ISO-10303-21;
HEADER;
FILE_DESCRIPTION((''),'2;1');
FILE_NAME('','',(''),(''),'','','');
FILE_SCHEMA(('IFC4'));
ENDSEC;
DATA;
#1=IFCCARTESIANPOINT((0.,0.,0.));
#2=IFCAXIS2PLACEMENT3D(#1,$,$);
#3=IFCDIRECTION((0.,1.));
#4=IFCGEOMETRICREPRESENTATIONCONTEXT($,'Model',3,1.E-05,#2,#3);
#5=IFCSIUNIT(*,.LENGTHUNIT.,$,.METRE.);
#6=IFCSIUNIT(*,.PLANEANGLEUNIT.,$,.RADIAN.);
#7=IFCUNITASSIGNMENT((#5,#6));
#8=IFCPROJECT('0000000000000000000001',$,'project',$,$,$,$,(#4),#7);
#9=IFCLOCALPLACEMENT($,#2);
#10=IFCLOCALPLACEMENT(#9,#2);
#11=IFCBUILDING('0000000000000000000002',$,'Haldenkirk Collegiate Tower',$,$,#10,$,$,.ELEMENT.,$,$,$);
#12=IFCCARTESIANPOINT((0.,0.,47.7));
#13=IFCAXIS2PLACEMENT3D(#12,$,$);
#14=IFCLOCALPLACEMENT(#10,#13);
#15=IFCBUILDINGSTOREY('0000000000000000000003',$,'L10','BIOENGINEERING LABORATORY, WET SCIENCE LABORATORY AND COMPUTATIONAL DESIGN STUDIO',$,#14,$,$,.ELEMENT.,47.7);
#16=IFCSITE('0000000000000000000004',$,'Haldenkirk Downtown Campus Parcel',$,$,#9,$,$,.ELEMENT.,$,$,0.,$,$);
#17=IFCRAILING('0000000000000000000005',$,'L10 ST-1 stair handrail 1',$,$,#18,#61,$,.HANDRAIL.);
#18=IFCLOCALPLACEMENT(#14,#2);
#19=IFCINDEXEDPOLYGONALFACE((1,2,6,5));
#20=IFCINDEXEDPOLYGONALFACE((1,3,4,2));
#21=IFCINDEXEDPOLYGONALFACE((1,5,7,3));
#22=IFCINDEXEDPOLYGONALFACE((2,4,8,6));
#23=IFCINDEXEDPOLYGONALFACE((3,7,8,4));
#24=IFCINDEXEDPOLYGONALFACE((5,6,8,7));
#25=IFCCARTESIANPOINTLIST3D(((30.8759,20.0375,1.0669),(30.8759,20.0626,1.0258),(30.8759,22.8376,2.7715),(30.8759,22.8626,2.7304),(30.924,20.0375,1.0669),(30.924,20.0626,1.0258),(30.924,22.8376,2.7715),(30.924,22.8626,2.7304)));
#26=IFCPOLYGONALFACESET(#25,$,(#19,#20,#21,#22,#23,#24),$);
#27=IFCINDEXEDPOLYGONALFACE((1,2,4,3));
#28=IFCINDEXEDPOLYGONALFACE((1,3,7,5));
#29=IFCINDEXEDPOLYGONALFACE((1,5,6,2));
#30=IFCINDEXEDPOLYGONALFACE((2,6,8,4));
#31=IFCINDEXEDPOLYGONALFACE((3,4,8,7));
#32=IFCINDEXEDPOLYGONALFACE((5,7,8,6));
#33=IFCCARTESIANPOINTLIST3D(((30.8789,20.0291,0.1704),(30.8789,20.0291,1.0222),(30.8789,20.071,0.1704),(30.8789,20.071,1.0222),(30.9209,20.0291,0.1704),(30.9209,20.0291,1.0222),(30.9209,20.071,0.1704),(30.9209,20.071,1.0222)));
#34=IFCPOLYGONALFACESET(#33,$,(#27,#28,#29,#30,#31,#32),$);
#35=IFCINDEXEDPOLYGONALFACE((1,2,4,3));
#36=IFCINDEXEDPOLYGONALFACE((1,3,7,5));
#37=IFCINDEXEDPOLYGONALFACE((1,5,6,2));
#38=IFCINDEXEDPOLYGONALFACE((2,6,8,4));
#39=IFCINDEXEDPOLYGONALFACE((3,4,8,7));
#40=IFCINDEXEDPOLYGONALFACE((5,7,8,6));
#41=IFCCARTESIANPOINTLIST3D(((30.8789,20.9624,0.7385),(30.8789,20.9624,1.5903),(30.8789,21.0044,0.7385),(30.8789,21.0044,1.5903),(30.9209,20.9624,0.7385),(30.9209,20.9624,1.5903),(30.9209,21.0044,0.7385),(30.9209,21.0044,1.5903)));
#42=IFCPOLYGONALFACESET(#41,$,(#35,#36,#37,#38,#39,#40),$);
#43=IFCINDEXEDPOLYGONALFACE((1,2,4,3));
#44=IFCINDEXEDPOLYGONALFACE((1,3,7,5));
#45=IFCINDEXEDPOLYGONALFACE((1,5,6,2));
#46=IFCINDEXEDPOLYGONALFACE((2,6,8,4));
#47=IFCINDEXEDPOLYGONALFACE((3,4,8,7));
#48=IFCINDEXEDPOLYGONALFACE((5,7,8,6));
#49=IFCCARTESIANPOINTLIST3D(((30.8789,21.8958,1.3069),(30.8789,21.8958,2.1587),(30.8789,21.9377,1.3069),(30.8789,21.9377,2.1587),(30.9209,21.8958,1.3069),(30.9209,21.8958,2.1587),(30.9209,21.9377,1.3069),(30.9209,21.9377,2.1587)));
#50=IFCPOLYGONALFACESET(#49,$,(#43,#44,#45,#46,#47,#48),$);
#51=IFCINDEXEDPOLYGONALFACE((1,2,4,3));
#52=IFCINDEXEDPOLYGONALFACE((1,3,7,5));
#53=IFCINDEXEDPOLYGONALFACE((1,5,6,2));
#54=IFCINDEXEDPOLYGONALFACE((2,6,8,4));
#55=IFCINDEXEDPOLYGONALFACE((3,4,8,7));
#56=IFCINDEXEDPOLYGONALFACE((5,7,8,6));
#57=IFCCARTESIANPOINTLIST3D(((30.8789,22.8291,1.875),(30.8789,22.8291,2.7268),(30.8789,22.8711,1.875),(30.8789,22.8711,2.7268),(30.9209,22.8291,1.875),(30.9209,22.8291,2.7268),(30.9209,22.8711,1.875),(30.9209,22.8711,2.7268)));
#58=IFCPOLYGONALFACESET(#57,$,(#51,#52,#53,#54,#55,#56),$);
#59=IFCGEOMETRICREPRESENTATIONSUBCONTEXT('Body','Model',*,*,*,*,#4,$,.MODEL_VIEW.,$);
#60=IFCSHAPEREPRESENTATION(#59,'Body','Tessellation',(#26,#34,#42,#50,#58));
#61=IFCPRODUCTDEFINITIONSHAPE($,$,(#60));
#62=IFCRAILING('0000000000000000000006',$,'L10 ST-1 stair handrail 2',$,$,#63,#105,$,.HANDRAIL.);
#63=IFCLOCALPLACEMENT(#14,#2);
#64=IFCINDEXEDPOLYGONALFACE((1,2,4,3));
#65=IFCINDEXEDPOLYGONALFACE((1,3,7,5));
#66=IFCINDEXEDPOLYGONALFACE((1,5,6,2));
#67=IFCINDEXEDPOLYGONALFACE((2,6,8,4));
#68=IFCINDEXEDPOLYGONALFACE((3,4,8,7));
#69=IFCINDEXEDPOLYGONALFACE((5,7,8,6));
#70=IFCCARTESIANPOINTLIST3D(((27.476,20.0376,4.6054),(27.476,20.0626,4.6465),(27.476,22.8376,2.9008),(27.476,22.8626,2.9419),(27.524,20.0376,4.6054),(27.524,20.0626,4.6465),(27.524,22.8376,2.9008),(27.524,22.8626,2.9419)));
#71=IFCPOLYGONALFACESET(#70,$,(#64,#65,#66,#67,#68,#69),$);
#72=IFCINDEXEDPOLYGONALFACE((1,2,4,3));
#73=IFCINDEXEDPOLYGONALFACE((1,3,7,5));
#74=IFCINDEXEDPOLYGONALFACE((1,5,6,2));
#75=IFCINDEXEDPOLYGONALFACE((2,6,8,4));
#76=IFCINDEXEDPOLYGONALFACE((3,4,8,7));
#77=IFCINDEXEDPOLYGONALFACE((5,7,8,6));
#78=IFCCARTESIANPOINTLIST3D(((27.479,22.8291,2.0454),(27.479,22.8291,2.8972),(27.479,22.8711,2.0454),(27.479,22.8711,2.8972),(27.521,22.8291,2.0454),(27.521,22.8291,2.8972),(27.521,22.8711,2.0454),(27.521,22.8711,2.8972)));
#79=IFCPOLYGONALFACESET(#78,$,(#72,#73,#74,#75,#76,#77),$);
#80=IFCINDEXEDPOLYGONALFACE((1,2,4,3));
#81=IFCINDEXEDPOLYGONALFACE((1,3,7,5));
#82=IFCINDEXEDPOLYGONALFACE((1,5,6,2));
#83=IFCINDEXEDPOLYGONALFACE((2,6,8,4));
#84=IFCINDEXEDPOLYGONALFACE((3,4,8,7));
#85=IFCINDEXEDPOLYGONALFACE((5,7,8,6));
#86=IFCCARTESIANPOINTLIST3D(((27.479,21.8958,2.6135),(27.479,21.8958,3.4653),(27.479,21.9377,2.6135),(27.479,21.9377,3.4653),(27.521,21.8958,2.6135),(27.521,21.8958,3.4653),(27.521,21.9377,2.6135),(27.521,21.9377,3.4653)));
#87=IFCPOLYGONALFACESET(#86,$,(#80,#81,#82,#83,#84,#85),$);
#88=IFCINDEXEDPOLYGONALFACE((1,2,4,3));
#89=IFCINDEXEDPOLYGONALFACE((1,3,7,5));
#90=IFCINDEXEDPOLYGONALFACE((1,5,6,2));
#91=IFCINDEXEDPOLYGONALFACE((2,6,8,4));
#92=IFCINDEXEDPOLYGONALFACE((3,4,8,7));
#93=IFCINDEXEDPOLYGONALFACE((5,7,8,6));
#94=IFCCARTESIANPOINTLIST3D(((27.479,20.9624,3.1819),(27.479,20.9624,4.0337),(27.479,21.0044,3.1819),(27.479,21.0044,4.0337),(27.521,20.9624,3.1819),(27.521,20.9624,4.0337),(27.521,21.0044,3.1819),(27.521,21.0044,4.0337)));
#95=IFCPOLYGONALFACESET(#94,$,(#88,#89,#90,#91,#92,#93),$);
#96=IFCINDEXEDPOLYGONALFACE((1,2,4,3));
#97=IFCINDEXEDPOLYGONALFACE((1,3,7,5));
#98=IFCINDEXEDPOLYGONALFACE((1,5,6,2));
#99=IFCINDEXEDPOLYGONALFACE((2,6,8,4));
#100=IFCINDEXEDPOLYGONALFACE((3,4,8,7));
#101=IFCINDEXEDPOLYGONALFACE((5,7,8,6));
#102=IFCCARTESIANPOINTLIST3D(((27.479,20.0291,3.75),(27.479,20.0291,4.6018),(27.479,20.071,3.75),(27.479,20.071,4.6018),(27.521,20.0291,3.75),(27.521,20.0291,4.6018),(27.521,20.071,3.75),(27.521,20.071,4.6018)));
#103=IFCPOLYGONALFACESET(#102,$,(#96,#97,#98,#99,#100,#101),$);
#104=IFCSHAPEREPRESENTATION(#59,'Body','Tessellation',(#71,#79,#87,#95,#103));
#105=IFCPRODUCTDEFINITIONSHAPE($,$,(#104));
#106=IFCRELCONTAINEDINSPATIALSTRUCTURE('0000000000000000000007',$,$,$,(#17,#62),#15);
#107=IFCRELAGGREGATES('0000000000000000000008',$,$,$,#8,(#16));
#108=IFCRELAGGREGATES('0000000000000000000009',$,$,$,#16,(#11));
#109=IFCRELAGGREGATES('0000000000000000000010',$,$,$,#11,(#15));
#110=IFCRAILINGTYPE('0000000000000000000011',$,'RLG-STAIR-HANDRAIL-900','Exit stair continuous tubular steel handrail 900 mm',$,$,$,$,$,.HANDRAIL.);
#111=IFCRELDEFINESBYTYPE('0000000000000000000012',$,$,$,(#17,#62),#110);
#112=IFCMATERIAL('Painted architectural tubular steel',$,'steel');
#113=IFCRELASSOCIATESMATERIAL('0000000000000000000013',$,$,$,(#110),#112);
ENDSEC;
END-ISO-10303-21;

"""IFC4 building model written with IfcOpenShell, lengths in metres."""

from ifc_helpers import new_model, si_unit, direction, frame, origin, origin_2d, place, context, subcontext, project, spatial, rectangle, extrude, material, type_object, element, save


model = new_model("IFC4")

# Units and contexts
model_context = context("Model", 3, precision=1e-05, world=origin(), true_north=direction((0.0, 1.0)))
body_context = subcontext(model_context, "Body", "Model", "MODEL_VIEW")
ifc_project = project(units=[si_unit("LENGTHUNIT", "METRE"), si_unit("PLANEANGLEUNIT", "RADIAN")], contexts=[model_context])

# Site, building, storey
site_placement = place(None, origin())
site = spatial("IfcSite", under=ifc_project, at=site_placement, Name="Haldenkirk Downtown Campus Parcel", CompositionType="ELEMENT", RefElevation=0.0)
building_placement = place(site_placement, origin())
building = spatial("IfcBuilding", under=site, at=building_placement, Name="Haldenkirk Collegiate Tower", CompositionType="ELEMENT")
storey_placement = place(building_placement, frame((0.0, 0.0, 47.7)))
storey = spatial("IfcBuildingStorey", under=building, at=storey_placement, Name="L10", Description="BIOENGINEERING LABORATORY, WET SCIENCE LABORATORY AND COMPUTATIONAL DESIGN STUDIO", CompositionType="ELEMENT", Elevation=47.7)

# Railings
ifc_material_1 = material(Name="Painted architectural tubular steel", Category="steel")
railing_type_1 = type_object("IfcRailingType", Name="RLG-STAIR-HANDRAIL-900", Description="Exit stair continuous tubular steel handrail 900 mm", PredefinedType="HANDRAIL", material=ifc_material_1)
railing_1_placement = place(storey_placement, frame((30.8999, 20.05, 0.1704)))
element("IfcRailing", 1, at=railing_1_placement, inside=storey, type_object=railing_type_1, Name="L10 ST-1 stair handrail 1", PredefinedType="HANDRAIL", context=body_context, shape_type="SweptSolid", body=[
    extrude(rectangle(XDim=0.0481, YDim=0.0481, at=origin_2d()), frame((0.0, 0.0, 0.876), z_axis=(0.0, 0.85417, 0.519994), x_axis=(-1.0, 0.0, 0.0)), (0.0, 0.0, 1.0), 3.2781),
    extrude(rectangle(XDim=0.042, YDim=0.042, at=origin_2d()), origin(), (0.0, 0.0, 1.0), 0.8518),
    extrude(rectangle(XDim=0.042, YDim=0.042, at=origin_2d()), frame((0.0, 0.9333, 0.5681)), (0.0, 0.0, 1.0), 0.8518),
    extrude(rectangle(XDim=0.042, YDim=0.042, at=origin_2d()), frame((0.0, 1.8667, 1.1365)), (0.0, 0.0, 1.0), 0.8518),
    extrude(rectangle(XDim=0.042, YDim=0.042, at=origin_2d()), frame((0.0, 2.8, 1.7046)), (0.0, 0.0, 1.0), 0.8518),
])
railing_2_placement = place(storey_placement, frame((27.5, 22.8501, 2.0454)))
element("IfcRailing", 2, at=railing_2_placement, inside=storey, type_object=railing_type_1, Name="L10 ST-1 stair handrail 2", PredefinedType="HANDRAIL", context=body_context, shape_type="SweptSolid", body=[
    extrude(rectangle(XDim=0.0481, YDim=0.0481, at=origin_2d()), frame((0.0, 0.0, 0.876), z_axis=(0.0, -0.85417, 0.519994), x_axis=(1.0, 0.0, 0.0)), (0.0, 0.0, 1.0), 3.2781),
    extrude(rectangle(XDim=0.042, YDim=0.042, at=origin_2d()), origin(), (0.0, 0.0, 1.0), 0.8518),
    extrude(rectangle(XDim=0.042, YDim=0.042, at=origin_2d()), frame((0.0, -0.9333, 0.5681)), (0.0, 0.0, 1.0), 0.8518),
    extrude(rectangle(XDim=0.042, YDim=0.042, at=origin_2d()), frame((0.0, -1.8667, 1.1365)), (0.0, 0.0, 1.0), 0.8518),
    extrude(rectangle(XDim=0.042, YDim=0.042, at=origin_2d()), frame((0.0, -2.8, 1.7046)), (0.0, 0.0, 1.0), 0.8518),
])

save(model, "model.ifc")
